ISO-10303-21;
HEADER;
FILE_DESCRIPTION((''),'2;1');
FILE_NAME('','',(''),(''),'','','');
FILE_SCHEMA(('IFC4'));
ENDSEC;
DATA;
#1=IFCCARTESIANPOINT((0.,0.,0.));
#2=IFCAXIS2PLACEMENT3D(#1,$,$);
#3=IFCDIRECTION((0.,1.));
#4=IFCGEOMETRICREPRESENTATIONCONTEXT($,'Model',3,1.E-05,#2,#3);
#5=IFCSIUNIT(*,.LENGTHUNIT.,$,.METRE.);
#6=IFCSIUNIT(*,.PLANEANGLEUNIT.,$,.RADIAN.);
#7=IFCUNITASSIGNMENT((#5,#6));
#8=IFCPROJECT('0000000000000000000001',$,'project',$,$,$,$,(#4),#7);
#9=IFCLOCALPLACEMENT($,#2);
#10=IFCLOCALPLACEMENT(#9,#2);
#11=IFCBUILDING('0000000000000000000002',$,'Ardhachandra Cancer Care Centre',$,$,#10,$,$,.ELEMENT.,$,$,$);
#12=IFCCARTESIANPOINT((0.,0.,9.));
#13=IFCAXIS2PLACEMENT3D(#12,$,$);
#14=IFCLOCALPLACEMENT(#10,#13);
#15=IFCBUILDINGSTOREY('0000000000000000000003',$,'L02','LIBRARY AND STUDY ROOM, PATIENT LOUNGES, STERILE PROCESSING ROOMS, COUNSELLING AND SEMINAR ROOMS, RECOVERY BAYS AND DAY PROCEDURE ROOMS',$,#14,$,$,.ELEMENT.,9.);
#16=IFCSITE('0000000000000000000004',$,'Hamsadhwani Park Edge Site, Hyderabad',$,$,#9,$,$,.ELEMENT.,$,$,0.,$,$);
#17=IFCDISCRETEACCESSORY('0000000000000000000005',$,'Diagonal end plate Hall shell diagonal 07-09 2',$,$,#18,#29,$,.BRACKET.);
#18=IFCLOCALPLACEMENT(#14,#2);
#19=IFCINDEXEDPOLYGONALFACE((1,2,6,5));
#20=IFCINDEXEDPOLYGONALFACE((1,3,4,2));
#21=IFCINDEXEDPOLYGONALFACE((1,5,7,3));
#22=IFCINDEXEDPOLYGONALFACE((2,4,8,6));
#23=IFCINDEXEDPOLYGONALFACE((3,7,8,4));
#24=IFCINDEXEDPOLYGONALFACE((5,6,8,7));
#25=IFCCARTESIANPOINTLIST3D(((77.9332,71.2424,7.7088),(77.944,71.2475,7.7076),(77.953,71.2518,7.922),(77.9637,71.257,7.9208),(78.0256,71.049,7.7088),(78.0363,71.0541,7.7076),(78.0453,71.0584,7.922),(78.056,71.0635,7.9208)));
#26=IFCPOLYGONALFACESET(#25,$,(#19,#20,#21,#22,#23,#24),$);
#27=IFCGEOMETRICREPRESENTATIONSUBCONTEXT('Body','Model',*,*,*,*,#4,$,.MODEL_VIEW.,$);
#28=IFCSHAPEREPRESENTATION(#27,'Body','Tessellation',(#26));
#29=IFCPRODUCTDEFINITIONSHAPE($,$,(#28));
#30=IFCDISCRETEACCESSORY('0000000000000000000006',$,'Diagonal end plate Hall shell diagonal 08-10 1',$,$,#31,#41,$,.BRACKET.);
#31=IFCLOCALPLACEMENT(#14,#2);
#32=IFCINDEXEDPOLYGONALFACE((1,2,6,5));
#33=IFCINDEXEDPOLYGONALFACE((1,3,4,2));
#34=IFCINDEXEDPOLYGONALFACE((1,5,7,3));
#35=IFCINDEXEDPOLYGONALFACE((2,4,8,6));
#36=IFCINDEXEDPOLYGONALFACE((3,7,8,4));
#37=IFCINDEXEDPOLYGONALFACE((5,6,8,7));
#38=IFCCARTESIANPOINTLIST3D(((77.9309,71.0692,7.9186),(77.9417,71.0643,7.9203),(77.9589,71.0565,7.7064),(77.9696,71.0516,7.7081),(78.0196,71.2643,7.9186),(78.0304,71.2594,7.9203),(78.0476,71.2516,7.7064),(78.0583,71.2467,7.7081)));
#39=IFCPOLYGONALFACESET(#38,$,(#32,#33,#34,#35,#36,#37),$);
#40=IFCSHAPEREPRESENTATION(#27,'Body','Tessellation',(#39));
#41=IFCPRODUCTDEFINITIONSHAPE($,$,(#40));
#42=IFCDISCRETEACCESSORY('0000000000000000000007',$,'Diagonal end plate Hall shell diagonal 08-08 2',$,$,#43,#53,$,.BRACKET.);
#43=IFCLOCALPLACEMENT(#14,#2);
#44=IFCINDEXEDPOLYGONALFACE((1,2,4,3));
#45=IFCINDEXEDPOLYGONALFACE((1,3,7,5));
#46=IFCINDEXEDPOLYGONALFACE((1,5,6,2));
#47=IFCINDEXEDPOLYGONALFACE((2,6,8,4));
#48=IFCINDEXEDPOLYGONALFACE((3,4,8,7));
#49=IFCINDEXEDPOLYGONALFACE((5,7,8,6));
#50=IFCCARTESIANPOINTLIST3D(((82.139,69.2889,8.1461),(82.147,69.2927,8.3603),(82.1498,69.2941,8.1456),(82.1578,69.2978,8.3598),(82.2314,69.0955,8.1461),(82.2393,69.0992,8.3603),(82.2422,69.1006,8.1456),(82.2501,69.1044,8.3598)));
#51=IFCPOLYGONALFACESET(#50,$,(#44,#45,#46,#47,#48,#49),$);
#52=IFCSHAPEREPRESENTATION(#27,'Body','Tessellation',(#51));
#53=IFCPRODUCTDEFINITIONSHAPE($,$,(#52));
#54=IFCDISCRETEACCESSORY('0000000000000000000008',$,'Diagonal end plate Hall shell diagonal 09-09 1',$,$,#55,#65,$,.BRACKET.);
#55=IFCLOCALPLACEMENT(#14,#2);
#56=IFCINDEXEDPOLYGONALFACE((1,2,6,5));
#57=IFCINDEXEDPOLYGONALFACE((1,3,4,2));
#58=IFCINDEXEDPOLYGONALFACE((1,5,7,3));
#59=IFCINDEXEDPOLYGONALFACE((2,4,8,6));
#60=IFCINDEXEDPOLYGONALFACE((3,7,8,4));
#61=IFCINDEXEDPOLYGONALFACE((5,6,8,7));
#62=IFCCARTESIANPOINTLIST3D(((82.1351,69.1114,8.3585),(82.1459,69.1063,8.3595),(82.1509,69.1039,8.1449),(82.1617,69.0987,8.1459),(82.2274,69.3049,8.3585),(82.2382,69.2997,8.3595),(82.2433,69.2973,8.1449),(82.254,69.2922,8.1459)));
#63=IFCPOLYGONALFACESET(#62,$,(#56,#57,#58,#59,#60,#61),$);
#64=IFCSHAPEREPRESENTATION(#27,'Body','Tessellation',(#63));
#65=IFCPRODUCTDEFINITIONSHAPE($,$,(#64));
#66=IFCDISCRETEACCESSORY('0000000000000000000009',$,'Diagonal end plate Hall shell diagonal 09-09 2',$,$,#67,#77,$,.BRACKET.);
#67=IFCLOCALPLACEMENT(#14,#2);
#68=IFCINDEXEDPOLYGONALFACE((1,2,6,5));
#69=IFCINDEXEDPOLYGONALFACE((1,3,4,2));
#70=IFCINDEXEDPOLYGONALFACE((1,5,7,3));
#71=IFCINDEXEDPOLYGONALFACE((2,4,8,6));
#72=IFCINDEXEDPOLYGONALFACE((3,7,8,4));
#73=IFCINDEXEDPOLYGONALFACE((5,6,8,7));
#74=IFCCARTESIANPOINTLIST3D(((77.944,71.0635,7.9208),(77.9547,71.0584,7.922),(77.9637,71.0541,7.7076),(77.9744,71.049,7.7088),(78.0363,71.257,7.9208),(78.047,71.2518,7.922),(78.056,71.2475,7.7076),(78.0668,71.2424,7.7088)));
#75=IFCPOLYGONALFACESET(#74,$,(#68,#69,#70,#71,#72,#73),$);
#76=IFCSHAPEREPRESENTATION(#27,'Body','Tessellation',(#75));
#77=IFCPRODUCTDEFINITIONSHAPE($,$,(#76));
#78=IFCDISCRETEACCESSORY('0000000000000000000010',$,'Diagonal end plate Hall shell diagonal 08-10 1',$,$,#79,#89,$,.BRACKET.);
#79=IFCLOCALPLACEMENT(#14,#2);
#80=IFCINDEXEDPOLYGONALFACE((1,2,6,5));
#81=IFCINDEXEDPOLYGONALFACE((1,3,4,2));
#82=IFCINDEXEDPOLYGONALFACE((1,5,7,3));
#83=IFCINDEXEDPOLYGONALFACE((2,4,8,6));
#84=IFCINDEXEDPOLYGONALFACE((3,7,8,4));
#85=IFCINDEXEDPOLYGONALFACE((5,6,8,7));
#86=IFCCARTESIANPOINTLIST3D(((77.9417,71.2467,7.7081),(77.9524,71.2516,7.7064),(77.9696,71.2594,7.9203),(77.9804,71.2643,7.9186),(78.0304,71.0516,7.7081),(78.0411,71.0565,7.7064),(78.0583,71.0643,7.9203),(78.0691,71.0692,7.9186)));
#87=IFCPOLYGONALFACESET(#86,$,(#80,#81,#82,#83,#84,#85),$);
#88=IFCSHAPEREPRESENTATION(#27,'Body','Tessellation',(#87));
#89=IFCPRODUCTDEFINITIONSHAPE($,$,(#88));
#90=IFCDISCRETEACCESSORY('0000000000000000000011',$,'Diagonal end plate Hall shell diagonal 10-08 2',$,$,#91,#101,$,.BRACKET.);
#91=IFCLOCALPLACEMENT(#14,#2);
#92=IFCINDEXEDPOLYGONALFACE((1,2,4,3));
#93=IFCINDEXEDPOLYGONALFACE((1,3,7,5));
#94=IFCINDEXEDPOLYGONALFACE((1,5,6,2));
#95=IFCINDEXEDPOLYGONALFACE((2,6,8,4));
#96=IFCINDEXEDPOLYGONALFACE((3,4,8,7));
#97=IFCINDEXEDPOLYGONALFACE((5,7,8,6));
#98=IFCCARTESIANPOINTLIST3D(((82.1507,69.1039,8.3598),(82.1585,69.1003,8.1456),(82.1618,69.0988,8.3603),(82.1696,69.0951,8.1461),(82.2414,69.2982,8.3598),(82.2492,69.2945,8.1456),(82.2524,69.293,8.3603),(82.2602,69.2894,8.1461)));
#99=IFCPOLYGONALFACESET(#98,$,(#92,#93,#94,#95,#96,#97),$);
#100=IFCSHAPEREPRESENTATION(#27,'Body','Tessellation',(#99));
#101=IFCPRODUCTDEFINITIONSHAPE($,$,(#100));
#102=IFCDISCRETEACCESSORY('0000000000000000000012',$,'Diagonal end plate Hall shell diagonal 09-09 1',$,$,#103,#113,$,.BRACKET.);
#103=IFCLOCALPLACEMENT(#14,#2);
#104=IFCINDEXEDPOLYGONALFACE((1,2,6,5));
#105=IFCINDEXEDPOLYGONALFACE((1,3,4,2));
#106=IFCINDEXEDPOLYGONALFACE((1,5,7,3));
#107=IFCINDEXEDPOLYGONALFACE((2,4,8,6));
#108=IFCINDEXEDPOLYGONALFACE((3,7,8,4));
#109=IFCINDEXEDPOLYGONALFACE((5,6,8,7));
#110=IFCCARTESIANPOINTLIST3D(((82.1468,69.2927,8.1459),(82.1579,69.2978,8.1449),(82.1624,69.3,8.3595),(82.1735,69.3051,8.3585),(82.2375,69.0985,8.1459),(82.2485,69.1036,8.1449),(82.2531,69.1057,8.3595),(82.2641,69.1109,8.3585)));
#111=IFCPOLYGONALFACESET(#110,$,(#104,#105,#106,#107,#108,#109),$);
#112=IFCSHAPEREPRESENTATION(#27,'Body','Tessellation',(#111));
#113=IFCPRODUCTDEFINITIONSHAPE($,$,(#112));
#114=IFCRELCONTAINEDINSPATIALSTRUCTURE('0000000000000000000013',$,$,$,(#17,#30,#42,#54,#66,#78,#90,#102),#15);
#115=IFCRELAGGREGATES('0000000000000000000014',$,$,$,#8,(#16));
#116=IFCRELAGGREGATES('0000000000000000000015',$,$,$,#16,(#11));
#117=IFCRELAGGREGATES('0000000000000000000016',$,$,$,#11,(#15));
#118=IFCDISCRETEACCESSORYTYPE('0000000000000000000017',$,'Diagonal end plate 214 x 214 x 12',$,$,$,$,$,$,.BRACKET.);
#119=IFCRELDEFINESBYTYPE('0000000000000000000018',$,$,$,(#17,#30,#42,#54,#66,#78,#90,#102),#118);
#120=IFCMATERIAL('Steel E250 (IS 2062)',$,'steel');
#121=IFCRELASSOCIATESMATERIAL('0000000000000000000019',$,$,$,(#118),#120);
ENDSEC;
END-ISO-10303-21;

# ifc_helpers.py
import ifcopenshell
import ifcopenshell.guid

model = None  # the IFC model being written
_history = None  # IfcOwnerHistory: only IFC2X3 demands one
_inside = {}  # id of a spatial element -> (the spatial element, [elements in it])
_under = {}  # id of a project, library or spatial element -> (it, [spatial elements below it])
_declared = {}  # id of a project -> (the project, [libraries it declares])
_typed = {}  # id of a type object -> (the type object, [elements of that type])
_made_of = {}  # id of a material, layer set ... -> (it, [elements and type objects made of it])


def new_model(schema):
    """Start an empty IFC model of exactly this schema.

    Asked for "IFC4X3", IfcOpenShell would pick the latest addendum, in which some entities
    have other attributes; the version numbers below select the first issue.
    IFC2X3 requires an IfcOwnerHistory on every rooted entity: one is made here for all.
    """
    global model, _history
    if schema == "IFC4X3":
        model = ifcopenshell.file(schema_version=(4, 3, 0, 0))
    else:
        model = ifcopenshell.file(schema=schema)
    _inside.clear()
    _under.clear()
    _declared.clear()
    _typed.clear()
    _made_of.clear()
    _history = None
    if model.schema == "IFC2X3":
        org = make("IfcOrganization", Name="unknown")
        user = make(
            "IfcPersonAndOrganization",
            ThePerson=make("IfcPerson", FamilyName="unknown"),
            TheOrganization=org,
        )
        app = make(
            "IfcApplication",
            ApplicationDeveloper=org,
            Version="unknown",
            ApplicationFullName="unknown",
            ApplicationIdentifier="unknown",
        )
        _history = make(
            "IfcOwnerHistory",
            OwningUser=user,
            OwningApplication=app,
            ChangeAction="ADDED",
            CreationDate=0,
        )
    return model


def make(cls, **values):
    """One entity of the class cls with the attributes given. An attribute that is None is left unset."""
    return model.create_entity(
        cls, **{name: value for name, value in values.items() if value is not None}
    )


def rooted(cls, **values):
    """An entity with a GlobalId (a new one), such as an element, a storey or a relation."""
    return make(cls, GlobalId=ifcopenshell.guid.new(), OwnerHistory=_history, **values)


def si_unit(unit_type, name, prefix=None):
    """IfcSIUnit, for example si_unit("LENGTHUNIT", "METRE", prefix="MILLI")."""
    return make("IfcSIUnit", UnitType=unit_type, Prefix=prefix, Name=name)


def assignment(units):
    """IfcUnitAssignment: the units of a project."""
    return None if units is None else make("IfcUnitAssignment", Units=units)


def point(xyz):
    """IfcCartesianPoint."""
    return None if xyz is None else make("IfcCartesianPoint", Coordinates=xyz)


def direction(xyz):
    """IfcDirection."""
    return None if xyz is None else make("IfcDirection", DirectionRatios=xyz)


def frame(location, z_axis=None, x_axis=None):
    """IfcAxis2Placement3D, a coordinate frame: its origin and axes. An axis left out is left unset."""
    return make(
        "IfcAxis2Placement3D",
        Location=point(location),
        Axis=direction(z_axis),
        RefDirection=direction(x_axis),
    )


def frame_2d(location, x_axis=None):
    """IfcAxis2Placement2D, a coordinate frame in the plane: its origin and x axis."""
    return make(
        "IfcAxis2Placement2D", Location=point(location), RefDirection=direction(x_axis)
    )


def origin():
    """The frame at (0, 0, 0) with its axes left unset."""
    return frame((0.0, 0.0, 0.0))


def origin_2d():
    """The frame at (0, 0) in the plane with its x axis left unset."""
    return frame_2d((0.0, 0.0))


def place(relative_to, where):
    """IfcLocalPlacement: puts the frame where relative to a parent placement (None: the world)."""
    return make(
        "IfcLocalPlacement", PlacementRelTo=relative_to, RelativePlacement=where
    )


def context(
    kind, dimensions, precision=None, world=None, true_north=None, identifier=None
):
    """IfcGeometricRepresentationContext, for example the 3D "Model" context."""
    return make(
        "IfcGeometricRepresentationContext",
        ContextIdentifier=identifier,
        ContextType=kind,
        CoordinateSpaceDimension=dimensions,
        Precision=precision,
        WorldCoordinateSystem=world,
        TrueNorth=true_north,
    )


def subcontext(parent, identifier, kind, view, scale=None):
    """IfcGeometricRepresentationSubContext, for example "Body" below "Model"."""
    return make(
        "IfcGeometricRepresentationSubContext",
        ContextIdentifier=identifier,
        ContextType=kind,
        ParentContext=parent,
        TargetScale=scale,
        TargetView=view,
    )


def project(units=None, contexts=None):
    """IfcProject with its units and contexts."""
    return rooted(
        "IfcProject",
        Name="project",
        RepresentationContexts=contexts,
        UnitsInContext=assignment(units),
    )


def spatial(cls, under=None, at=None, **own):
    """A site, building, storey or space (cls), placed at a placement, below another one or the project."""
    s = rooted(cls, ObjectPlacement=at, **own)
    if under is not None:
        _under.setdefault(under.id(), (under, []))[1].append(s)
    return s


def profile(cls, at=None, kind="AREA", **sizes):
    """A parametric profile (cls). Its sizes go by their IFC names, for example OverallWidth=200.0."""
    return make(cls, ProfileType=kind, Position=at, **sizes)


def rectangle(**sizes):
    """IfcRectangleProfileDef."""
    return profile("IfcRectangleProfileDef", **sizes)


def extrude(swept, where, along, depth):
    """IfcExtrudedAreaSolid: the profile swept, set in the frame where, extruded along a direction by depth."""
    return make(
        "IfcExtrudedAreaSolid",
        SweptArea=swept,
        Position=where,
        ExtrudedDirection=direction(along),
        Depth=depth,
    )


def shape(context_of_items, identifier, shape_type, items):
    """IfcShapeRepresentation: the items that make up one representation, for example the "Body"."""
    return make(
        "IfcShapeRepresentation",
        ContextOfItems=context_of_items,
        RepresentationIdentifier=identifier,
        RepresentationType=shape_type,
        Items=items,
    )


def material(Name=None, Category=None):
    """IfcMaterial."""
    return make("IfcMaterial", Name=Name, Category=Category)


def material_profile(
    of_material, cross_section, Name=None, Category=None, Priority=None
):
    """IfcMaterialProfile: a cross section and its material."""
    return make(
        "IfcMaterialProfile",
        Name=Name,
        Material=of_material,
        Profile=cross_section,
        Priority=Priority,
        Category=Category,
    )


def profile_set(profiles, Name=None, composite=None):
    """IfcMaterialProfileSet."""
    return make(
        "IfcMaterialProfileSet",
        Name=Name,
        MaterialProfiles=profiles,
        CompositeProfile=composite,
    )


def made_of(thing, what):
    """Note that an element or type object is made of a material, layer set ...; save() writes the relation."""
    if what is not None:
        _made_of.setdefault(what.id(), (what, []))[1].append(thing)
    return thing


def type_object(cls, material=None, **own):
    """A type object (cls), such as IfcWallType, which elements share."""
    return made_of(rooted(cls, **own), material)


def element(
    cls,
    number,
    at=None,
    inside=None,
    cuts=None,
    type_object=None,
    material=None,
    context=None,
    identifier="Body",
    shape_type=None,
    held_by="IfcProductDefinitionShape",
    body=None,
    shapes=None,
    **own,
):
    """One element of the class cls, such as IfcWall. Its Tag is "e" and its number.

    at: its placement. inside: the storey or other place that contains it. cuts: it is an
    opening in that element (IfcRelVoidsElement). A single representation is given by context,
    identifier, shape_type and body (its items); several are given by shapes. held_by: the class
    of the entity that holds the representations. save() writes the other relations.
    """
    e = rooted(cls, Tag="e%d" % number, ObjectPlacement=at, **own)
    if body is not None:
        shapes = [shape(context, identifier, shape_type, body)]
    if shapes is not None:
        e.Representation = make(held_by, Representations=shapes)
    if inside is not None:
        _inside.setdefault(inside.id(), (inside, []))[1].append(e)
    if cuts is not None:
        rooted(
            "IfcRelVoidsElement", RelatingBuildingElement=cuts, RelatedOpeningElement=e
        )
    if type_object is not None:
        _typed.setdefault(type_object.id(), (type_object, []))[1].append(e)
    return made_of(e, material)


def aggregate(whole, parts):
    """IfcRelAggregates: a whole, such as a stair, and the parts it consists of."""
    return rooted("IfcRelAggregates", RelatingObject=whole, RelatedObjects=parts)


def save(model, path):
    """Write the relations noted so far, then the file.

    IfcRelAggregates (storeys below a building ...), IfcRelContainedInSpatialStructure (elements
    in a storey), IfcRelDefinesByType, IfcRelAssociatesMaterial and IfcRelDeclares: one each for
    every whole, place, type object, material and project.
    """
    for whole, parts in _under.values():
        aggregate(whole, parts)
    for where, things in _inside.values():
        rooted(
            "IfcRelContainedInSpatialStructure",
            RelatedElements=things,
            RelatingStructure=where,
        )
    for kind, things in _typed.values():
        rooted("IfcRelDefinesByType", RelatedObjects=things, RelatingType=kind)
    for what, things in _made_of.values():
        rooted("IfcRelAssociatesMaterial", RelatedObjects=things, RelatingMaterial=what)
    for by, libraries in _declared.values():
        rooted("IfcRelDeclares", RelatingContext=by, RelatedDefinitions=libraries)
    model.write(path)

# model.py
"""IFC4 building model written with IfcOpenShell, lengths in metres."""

from ifc_helpers import new_model, si_unit, direction, frame, origin, origin_2d, place, context, subcontext, project, spatial, rectangle, extrude, material, material_profile, profile_set, type_object, element, save


model = new_model("IFC4")

# Units and contexts
model_context = context("Model", 3, precision=1e-05, world=origin(), true_north=direction((0.0, 1.0)))
body_context = subcontext(model_context, "Body", "Model", "MODEL_VIEW")
ifc_project = project(units=[si_unit("LENGTHUNIT", "METRE"), si_unit("PLANEANGLEUNIT", "RADIAN")], contexts=[model_context])

# Site, building, storey
site_placement = place(None, origin())
site = spatial("IfcSite", under=ifc_project, at=site_placement, Name="Hamsadhwani Park Edge Site, Hyderabad", CompositionType="ELEMENT", RefElevation=0.0)
building_placement = place(site_placement, origin())
building = spatial("IfcBuilding", under=site, at=building_placement, Name="Ardhachandra Cancer Care Centre", CompositionType="ELEMENT")
storey_placement = place(building_placement, frame((0.0, 0.0, 9.0)))
storey = spatial("IfcBuildingStorey", under=building, at=storey_placement, Name="L02", Description="LIBRARY AND STUDY ROOM, PATIENT LOUNGES, STERILE PROCESSING ROOMS, COUNSELLING AND SEMINAR ROOMS, RECOVERY BAYS AND DAY PROCEDURE ROOMS", CompositionType="ELEMENT", Elevation=9.0)

# Discrete accessories
ifc_material_1 = material(Name="Steel E250 (IS 2062)", Category="steel")
ifc_material_profile_1 = material_profile(ifc_material_1, rectangle(XDim=0.2144, YDim=0.2144, at=origin_2d()), Name="PL 214x214x12")
ifc_profile_set_1 = profile_set([ifc_material_profile_1], Name="Steel E250 (IS 2062)")
discrete_accessory_type = type_object("IfcDiscreteAccessoryType", Name="Diagonal end plate 214 x 214 x 12", PredefinedType="BRACKET", material=ifc_profile_set_1)
for number, where, z_axis, x_axis, name in (
    (1, (78.0, 71.1555, 7.8142), (-0.897772, -0.428482, 0.10202), (0.43073, -0.902481, 0.0), "Diagonal end plate Hall shell diagonal 07-09 2"),
    (2, (78.0, 71.1555, 7.8142), (-0.900966, 0.40953, -0.143336), (-0.413803, -0.910366, 0.0), "Diagonal end plate Hall shell diagonal 08-10 1"),
    (3, (82.2, 69.1992, 8.2527), (-0.901723, -0.430368, 0.040987), (0.43073, -0.902481, 0.0), "Diagonal end plate Hall shell diagonal 08-08 2"),
    (4, (82.2, 69.1992, 8.2527), (-0.899459, 0.429287, -0.081769), (-0.43073, -0.902481, 0.0), "Diagonal end plate Hall shell diagonal 09-09 1"),
    (5, (78.0, 71.1555, 7.8142), (0.897772, -0.428482, 0.10202), (0.43073, 0.902481, 0.0), "Diagonal end plate Hall shell diagonal 09-09 2"),
    (6, (78.0, 71.1555, 7.8142), (0.900966, 0.40953, -0.143336), (-0.413803, 0.910366, 0.0), "Diagonal end plate Hall shell diagonal 08-10 1"),
):
    element("IfcDiscreteAccessory", number, at=place(storey_placement, frame(where, z_axis=z_axis, x_axis=x_axis)), inside=storey, type_object=discrete_accessory_type, Name=name, PredefinedType="BRACKET", context=body_context, shape_type="SweptSolid", body=[
        extrude(rectangle(XDim=0.2144, YDim=0.2144, at=origin_2d()), origin(), (0.0, 0.0, 1.0), 0.012),
    ])
for number, where, z_axis, x_axis, name in (
    (7, (82.2, 69.1992, 8.2527), (0.905449, -0.422543, 0.040242), (0.422885, 0.906183, 0.0), "Diagonal end plate Hall shell diagonal 10-08 2"),
    (8, (82.2, 69.1992, 8.2527), (0.903258, 0.42152, -0.08029), (-0.422885, 0.906183, 0.0), "Diagonal end plate Hall shell diagonal 09-09 1"),
):
    element("IfcDiscreteAccessory", number, at=place(storey_placement, frame(where, z_axis=z_axis, x_axis=x_axis)), inside=storey, type_object=discrete_accessory_type, Name=name, PredefinedType="BRACKET", context=body_context, shape_type="SweptSolid", body=[
        extrude(rectangle(XDim=0.2144, YDim=0.2144, at=origin_2d()), origin(), (0.0, 0.0, 1.0), 0.0122),
    ])

save(model, "model.ifc")
